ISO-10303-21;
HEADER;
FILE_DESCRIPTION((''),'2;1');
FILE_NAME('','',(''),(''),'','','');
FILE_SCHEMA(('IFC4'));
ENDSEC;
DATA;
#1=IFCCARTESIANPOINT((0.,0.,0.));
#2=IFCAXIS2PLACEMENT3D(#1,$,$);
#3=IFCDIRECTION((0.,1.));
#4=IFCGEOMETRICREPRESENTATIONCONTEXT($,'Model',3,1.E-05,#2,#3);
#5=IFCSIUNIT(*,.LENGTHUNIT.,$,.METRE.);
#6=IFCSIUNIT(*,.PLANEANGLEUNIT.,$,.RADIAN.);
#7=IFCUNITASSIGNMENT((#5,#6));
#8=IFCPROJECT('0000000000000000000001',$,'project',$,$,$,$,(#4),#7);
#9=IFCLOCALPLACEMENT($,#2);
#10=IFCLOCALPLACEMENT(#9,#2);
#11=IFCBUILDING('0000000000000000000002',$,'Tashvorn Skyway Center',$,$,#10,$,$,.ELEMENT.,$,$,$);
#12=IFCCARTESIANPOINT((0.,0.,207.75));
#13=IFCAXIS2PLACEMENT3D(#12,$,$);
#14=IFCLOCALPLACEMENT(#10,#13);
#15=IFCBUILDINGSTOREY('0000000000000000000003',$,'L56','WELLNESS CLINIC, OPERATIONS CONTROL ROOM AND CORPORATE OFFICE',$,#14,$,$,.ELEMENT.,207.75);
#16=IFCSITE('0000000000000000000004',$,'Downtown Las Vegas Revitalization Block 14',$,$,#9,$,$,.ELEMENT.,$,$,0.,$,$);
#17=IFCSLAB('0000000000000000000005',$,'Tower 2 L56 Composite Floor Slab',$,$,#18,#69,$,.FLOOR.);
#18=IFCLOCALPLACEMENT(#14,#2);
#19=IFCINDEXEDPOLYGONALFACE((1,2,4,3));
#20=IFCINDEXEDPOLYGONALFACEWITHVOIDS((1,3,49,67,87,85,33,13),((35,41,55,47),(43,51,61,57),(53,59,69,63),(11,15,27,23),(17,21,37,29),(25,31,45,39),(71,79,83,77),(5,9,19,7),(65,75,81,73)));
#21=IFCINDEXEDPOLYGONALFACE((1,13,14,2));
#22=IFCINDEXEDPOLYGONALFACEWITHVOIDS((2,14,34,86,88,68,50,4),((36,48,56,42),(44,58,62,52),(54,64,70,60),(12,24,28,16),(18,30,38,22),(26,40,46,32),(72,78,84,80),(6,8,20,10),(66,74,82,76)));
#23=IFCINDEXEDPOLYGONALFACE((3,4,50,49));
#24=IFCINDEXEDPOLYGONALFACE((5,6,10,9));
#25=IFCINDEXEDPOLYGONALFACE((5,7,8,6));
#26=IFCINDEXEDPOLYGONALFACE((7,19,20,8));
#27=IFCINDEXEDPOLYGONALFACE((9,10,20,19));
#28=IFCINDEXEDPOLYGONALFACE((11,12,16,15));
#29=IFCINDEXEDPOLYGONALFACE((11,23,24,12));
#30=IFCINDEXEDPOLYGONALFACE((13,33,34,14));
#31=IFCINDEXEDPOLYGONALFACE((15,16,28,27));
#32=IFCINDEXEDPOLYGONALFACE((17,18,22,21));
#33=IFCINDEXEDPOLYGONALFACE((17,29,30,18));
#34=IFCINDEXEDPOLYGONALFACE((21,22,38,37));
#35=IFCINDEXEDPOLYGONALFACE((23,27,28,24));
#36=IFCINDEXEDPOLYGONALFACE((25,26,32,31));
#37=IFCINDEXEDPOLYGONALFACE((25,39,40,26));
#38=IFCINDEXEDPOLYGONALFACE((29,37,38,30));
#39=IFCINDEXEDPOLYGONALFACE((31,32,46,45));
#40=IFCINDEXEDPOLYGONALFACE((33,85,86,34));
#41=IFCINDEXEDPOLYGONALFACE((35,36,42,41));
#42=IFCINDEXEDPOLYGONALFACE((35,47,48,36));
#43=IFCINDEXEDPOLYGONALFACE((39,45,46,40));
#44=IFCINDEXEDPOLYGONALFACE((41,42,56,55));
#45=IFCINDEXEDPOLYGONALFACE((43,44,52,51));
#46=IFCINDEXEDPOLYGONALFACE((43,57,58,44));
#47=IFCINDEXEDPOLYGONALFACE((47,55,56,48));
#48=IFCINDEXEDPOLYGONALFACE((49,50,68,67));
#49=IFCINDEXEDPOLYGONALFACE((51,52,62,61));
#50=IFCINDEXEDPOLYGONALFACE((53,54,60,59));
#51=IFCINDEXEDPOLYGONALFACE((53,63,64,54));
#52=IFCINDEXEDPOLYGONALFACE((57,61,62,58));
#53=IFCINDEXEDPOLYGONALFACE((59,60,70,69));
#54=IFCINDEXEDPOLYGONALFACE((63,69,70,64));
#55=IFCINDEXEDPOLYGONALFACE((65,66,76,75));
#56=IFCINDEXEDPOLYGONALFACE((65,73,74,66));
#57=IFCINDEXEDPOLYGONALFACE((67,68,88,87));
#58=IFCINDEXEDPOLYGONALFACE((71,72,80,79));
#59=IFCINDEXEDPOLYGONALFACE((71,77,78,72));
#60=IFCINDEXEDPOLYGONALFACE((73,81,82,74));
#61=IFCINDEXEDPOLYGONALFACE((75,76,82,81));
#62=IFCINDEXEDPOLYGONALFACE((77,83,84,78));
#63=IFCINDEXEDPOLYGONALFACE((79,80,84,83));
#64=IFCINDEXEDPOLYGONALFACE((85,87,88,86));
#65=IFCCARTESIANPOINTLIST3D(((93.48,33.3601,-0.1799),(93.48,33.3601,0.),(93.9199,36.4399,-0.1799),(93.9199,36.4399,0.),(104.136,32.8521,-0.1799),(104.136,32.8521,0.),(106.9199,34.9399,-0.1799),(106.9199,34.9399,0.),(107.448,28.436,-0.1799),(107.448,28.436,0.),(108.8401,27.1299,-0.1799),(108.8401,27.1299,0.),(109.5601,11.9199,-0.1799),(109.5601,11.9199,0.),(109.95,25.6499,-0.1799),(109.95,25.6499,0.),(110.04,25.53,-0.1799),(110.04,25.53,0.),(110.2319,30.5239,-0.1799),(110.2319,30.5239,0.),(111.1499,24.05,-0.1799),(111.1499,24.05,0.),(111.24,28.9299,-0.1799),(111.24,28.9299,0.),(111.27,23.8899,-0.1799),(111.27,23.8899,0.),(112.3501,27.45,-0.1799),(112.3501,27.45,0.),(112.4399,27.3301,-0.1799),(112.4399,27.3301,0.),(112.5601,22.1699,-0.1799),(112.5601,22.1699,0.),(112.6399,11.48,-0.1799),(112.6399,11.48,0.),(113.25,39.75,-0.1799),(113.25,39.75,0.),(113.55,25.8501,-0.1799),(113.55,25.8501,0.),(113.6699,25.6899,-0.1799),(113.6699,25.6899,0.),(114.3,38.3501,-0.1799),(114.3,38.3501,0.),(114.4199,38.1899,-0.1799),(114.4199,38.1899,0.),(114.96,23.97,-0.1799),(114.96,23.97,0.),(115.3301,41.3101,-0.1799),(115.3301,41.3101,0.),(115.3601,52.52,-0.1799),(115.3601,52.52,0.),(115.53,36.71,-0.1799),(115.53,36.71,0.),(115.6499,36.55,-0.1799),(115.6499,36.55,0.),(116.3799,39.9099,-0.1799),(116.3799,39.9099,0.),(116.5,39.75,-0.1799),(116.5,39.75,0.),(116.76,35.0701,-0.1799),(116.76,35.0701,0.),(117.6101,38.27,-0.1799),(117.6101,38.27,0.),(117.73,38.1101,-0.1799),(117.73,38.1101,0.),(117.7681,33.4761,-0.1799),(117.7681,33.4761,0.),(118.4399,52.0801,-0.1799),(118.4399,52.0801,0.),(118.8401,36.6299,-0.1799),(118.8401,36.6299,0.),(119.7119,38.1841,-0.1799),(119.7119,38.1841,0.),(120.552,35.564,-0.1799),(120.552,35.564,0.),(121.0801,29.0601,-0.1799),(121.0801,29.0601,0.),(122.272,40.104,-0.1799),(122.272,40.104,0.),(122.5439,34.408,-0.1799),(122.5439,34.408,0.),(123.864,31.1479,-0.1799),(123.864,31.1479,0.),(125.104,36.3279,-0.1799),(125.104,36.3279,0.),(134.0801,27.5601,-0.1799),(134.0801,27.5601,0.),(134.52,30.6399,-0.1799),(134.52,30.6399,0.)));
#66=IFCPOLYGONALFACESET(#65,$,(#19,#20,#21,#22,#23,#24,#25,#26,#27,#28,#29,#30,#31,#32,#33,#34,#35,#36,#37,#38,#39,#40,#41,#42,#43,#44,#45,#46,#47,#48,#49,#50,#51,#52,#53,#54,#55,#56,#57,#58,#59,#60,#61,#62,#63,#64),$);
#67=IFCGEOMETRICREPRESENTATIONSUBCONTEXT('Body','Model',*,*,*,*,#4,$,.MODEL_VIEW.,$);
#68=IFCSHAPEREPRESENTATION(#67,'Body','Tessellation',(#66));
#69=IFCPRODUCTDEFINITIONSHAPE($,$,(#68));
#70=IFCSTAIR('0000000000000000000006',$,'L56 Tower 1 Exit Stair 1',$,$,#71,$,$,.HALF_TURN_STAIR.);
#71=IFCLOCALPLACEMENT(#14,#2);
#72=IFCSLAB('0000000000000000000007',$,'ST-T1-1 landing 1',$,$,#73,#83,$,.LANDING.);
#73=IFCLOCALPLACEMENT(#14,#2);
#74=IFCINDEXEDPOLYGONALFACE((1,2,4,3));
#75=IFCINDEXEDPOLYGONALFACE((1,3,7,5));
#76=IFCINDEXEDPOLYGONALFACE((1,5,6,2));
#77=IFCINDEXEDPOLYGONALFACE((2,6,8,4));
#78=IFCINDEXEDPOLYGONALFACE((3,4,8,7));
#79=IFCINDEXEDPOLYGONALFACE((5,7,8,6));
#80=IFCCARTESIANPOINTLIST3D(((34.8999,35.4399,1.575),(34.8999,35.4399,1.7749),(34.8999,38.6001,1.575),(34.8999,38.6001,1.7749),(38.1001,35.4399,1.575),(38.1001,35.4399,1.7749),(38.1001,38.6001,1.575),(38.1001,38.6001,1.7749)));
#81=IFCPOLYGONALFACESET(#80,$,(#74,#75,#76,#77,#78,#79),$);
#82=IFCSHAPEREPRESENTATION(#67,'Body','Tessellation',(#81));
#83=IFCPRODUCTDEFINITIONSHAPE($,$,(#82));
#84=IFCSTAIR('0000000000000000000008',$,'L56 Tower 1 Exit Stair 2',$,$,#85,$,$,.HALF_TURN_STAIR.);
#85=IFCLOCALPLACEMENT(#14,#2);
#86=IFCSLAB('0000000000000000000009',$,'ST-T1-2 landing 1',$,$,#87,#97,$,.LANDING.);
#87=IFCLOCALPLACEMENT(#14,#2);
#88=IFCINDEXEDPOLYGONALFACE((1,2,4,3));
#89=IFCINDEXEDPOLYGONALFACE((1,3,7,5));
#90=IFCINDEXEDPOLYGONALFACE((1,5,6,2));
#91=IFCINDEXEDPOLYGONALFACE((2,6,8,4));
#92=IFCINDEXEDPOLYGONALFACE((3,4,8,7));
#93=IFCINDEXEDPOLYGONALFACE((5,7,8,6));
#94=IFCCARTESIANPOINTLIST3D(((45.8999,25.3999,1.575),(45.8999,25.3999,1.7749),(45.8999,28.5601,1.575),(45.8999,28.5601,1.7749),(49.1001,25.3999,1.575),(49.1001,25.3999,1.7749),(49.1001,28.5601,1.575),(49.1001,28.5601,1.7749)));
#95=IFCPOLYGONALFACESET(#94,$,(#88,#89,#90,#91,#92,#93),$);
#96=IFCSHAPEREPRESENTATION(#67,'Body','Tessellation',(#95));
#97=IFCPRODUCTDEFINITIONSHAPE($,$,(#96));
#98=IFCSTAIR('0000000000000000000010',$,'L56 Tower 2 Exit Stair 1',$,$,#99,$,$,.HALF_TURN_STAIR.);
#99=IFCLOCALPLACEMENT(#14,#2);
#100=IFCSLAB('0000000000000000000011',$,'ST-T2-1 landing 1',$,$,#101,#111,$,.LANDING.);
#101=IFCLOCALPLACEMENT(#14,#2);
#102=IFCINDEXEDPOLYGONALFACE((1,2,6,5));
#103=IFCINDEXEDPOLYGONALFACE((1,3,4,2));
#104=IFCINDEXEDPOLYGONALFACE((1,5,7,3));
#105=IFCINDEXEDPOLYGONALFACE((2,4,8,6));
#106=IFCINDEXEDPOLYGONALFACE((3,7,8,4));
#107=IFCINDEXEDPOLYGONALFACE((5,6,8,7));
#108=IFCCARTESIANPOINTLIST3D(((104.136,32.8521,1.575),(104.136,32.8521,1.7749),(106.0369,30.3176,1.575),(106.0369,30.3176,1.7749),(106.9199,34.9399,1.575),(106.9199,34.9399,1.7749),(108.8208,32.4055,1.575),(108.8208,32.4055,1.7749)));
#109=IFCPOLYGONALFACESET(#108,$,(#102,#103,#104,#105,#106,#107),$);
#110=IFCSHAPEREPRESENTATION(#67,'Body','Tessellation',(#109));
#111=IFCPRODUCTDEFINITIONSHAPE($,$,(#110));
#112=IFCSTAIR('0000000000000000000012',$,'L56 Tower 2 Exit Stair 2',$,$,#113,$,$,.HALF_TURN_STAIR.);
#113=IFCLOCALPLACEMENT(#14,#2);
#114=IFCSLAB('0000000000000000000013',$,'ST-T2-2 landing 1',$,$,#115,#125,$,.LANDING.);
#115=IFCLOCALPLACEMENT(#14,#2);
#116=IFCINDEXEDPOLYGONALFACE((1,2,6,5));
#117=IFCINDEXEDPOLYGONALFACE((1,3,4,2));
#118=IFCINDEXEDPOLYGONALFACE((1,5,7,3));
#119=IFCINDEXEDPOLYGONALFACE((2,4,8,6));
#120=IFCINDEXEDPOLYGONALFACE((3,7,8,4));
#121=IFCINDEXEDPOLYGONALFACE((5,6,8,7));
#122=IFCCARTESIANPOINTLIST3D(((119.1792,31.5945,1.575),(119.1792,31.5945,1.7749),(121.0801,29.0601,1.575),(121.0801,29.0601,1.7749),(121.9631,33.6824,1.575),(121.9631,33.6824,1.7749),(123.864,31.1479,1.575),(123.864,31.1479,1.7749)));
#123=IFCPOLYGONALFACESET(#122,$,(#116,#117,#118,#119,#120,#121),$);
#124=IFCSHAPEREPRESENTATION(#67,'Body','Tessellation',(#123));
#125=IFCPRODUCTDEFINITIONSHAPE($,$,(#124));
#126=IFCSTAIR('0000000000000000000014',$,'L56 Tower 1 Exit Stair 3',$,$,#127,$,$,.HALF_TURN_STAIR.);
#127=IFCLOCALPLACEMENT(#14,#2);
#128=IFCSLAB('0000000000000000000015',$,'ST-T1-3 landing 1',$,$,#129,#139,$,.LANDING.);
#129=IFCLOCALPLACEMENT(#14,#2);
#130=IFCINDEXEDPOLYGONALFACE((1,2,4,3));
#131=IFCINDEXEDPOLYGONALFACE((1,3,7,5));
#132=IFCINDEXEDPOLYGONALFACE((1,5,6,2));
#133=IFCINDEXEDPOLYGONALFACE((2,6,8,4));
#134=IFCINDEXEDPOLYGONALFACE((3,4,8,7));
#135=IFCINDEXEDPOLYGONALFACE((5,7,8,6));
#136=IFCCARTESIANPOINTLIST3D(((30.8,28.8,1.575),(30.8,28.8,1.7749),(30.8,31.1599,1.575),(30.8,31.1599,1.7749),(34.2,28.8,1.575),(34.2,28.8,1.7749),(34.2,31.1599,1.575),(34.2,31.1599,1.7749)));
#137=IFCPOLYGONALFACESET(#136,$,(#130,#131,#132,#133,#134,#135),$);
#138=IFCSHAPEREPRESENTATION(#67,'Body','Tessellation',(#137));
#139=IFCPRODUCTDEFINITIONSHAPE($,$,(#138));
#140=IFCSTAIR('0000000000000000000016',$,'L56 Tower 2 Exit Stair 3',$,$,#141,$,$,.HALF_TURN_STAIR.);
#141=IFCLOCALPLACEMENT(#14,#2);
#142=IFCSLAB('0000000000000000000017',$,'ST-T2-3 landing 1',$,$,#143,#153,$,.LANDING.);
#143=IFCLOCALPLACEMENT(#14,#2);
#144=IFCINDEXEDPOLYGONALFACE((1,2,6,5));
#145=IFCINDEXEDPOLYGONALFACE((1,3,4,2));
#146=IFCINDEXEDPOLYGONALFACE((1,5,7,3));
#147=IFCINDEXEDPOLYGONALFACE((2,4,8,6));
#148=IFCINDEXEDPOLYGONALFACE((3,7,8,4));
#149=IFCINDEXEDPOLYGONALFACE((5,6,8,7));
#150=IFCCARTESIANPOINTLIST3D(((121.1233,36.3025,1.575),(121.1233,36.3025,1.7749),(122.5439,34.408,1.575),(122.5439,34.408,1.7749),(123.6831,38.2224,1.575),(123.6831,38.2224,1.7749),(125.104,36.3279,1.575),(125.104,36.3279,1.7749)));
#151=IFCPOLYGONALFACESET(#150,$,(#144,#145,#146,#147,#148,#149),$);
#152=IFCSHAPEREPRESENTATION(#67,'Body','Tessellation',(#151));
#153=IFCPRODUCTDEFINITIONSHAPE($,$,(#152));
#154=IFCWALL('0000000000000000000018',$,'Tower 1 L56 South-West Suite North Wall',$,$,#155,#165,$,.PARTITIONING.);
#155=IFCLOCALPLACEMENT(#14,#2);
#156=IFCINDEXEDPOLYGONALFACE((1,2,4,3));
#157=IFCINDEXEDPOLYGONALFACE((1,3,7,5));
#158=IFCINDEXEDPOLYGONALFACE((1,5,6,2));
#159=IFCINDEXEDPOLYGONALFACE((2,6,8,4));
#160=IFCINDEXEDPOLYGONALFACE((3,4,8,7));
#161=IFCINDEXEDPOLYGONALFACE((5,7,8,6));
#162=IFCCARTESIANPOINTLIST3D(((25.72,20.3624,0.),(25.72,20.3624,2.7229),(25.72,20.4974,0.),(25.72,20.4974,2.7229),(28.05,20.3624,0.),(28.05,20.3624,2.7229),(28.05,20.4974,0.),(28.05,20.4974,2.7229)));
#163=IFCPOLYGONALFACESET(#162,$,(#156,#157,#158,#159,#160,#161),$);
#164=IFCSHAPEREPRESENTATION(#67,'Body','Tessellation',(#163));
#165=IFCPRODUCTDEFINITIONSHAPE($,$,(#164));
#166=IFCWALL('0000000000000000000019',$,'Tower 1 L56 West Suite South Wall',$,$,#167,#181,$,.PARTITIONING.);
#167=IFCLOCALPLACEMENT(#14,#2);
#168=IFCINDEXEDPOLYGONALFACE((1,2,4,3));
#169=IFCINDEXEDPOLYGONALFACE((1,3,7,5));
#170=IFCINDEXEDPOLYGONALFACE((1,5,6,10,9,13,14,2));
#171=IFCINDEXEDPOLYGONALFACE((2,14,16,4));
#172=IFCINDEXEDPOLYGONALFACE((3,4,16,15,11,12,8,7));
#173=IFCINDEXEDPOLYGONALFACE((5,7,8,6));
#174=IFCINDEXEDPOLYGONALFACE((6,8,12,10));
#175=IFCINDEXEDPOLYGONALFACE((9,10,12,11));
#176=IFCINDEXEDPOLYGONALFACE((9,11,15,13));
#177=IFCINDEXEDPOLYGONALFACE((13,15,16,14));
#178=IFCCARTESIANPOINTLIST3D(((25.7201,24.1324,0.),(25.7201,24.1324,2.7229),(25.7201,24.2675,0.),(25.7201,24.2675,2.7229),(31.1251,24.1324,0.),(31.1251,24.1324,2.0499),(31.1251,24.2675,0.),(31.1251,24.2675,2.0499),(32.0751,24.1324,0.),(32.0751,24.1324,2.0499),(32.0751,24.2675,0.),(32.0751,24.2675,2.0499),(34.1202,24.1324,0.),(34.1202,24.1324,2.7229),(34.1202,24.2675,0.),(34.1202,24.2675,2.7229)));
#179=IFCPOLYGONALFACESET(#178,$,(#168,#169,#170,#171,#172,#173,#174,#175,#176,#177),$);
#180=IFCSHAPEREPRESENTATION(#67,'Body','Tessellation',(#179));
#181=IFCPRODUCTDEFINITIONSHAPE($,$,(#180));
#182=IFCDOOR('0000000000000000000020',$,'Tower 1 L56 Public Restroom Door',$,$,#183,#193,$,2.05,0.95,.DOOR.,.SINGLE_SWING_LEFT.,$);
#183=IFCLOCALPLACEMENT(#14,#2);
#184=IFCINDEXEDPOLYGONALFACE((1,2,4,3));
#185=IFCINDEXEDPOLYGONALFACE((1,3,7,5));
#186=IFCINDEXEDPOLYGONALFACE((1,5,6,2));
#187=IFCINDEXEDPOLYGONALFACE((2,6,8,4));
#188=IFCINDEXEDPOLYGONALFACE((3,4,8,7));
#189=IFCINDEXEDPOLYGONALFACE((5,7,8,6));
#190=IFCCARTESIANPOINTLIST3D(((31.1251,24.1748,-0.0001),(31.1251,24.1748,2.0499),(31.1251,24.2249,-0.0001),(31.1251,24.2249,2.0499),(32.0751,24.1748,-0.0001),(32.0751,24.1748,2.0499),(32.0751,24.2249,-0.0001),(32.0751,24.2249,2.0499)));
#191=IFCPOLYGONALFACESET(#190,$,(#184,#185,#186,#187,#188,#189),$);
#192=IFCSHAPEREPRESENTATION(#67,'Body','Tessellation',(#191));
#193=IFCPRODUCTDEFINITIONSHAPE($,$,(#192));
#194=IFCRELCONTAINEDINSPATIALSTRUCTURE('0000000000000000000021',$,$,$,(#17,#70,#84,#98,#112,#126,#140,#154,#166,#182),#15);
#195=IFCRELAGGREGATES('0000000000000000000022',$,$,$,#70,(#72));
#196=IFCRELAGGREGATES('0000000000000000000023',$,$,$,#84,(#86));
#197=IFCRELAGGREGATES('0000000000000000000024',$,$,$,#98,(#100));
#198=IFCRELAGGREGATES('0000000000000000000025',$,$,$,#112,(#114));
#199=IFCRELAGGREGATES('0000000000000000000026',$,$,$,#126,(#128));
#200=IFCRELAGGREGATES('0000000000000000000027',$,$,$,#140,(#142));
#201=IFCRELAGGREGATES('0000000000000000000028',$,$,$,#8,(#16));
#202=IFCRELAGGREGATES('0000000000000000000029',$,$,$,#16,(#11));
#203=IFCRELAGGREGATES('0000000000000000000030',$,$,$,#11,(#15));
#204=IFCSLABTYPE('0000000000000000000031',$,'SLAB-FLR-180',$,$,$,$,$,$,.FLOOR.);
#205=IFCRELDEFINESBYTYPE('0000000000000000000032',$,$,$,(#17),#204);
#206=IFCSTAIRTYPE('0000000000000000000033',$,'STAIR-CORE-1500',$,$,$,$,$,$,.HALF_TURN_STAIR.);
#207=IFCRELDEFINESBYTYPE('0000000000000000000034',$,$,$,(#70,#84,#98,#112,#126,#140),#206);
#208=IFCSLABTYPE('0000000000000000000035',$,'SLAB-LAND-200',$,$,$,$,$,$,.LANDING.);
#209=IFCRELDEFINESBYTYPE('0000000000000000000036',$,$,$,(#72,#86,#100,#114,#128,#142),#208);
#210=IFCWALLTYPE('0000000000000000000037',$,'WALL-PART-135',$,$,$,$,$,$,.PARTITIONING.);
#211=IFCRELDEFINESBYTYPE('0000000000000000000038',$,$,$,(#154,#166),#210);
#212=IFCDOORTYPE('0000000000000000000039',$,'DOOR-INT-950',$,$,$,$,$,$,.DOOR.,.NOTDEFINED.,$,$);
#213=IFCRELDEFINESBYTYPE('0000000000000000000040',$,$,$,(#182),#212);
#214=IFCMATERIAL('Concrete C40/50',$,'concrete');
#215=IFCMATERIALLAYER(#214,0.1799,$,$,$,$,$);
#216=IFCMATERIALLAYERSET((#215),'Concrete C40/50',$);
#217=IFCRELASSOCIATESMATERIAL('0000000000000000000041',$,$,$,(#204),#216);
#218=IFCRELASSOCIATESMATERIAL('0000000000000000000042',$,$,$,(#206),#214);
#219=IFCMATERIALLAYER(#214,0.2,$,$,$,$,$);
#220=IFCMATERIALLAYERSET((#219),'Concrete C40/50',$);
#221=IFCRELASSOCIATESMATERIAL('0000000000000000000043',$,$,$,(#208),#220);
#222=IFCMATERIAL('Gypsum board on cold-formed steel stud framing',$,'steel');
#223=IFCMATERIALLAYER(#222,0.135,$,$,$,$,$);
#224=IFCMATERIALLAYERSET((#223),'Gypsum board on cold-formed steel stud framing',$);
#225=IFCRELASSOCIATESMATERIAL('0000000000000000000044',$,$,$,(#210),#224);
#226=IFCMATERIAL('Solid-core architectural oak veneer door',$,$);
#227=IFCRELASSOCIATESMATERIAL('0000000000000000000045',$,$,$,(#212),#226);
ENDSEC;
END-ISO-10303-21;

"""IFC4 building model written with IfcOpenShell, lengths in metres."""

from ifc_helpers import new_model, si_unit, direction, frame, frame_2d, origin, place, context, subcontext, project, spatial, polyline, rectangle, outline, extrude, material, layer, layer_set, type_object, element, fill, aggregate, save


model = new_model("IFC4")

# Units and contexts
model_context = context("Model", 3, precision=1e-05, world=origin(), true_north=direction((0.0, 1.0)))
body_context = subcontext(model_context, "Body", "Model", "MODEL_VIEW")
ifc_project = project(units=[si_unit("LENGTHUNIT", "METRE"), si_unit("PLANEANGLEUNIT", "RADIAN")], contexts=[model_context])

# Site, building, storey
site_placement = place(None, origin())
site = spatial("IfcSite", under=ifc_project, at=site_placement, Name="Downtown Las Vegas Revitalization Block 14", CompositionType="ELEMENT", RefElevation=0.0)
building_placement = place(site_placement, origin())
building = spatial("IfcBuilding", under=site, at=building_placement, Name="Tashvorn Skyway Center", CompositionType="ELEMENT")
storey_placement = place(building_placement, frame((0.0, 0.0, 207.75)))
storey = spatial("IfcBuildingStorey", under=building, at=storey_placement, Name="L56", Description="WELLNESS CLINIC, OPERATIONS CONTROL ROOM AND CORPORATE OFFICE", CompositionType="ELEMENT", Elevation=207.75)

# Slab
ifc_material_1 = material(Name="Concrete C40/50", Category="concrete")
ifc_layer_1 = layer(ifc_material_1, 0.1799)
ifc_layer_set_1 = layer_set([ifc_layer_1], Name="Concrete C40/50")
slab_type_1 = type_object("IfcSlabType", Name="SLAB-FLR-180", PredefinedType="FLOOR", material=ifc_layer_set_1)
slab_1_placement = place(storey_placement, frame((0.0, 0.0, -0.1799)))
element("IfcSlab", 1, at=slab_1_placement, inside=storey, type_object=slab_type_1, Name="Tower 2 L56 Composite Floor Slab", PredefinedType="FLOOR", context=body_context, shape_type="SweptSolid", body=[
    extrude(outline(polyline([(112.6399, 11.48), (134.0801, 27.5601), (134.52, 30.6399), (118.4399, 52.0801), (115.3601, 52.52), (93.9199, 36.4399), (93.48, 33.3601), (109.5601, 11.9199), (112.6399, 11.48)]), holes=[polyline([(110.2319, 30.5239), (106.9199, 34.9399), (104.136, 32.8521), (107.448, 28.436), (110.2319, 30.5239)]), polyline([(117.7681, 33.4761), (121.0801, 29.0601), (123.864, 31.1479), (120.552, 35.564), (117.7681, 33.4761)]), polyline([(119.7119, 38.1841), (122.5439, 34.408), (125.104, 36.3279), (122.272, 40.104), (119.7119, 38.1841)]), polyline([(109.95, 25.6499), (112.3501, 27.45), (111.24, 28.9299), (108.8401, 27.1299), (109.95, 25.6499)]), polyline([(111.1499, 24.05), (113.55, 25.8501), (112.4399, 27.3301), (110.04, 25.53), (111.1499, 24.05)]), polyline([(112.5601, 22.1699), (114.96, 23.97), (113.6699, 25.6899), (111.27, 23.8899), (112.5601, 22.1699)]), polyline([(116.76, 35.0701), (118.8401, 36.6299), (117.73, 38.1101), (115.6499, 36.55), (116.76, 35.0701)]), polyline([(115.53, 36.71), (117.6101, 38.27), (116.5, 39.75), (114.4199, 38.1899), (115.53, 36.71)]), polyline([(114.3, 38.3501), (116.3799, 39.9099), (115.3301, 41.3101), (113.25, 39.75), (114.3, 38.3501)])]), origin(), (0.0, 0.0, 1.0), 0.1799),
])

# Stairs, slabs
stair_type = type_object("IfcStairType", Name="STAIR-CORE-1500", PredefinedType="HALF_TURN_STAIR", material=ifc_material_1)
stair_1_placement = place(storey_placement, origin())
stair_1 = element("IfcStair", 2, at=stair_1_placement, inside=storey, type_object=stair_type, Name="L56 Tower 1 Exit Stair 1", PredefinedType="HALF_TURN_STAIR")
ifc_layer_2 = layer(ifc_material_1, 0.2)
ifc_layer_set_2 = layer_set([ifc_layer_2], Name="Concrete C40/50")
slab_type_2 = type_object("IfcSlabType", Name="SLAB-LAND-200", PredefinedType="LANDING", material=ifc_layer_set_2)
slab_2_placement = place(storey_placement, frame((0.0, 0.0, 1.575)))
slab_2 = element("IfcSlab", 3, at=slab_2_placement, type_object=slab_type_2, Name="ST-T1-1 landing 1", PredefinedType="LANDING", context=body_context, shape_type="SweptSolid", body=[
    extrude(outline(polyline([(38.1001, 35.4399), (38.1001, 38.6001), (34.8999, 38.6001), (34.8999, 35.4399), (38.1001, 35.4399)])), origin(), (0.0, 0.0, 1.0), 0.2),
])
aggregate(stair_1, [slab_2])
stair_2_placement = place(storey_placement, origin())
stair_2 = element("IfcStair", 4, at=stair_2_placement, inside=storey, type_object=stair_type, Name="L56 Tower 1 Exit Stair 2", PredefinedType="HALF_TURN_STAIR")
slab_3_placement = place(storey_placement, frame((0.0, 0.0, 1.575)))
slab_3 = element("IfcSlab", 5, at=slab_3_placement, type_object=slab_type_2, Name="ST-T1-2 landing 1", PredefinedType="LANDING", context=body_context, shape_type="SweptSolid", body=[
    extrude(outline(polyline([(45.8999, 28.5601), (45.8999, 25.3999), (49.1001, 25.3999), (49.1001, 28.5601), (45.8999, 28.5601)])), origin(), (0.0, 0.0, 1.0), 0.2),
])
aggregate(stair_2, [slab_3])
stair_3_placement = place(storey_placement, origin())
stair_3 = element("IfcStair", 6, at=stair_3_placement, inside=storey, type_object=stair_type, Name="L56 Tower 2 Exit Stair 1", PredefinedType="HALF_TURN_STAIR")
slab_4_placement = place(storey_placement, frame((0.0, 0.0, 1.575)))
slab_4 = element("IfcSlab", 7, at=slab_4_placement, type_object=slab_type_2, Name="ST-T2-1 landing 1", PredefinedType="LANDING", context=body_context, shape_type="SweptSolid", body=[
    extrude(outline(polyline([(108.8208, 32.4055), (106.9199, 34.9399), (104.136, 32.8521), (106.0369, 30.3176), (108.8208, 32.4055)])), origin(), (0.0, 0.0, 1.0), 0.2),
])
aggregate(stair_3, [slab_4])
stair_4_placement = place(storey_placement, origin())
stair_4 = element("IfcStair", 8, at=stair_4_placement, inside=storey, type_object=stair_type, Name="L56 Tower 2 Exit Stair 2", PredefinedType="HALF_TURN_STAIR")
slab_5_placement = place(storey_placement, frame((0.0, 0.0, 1.575)))
slab_5 = element("IfcSlab", 9, at=slab_5_placement, type_object=slab_type_2, Name="ST-T2-2 landing 1", PredefinedType="LANDING", context=body_context, shape_type="SweptSolid", body=[
    extrude(outline(polyline([(119.1792, 31.5945), (121.0801, 29.0601), (123.864, 31.1479), (121.9631, 33.6824), (119.1792, 31.5945)])), origin(), (0.0, 0.0, 1.0), 0.2),
])
aggregate(stair_4, [slab_5])
stair_5_placement = place(storey_placement, origin())
stair_5 = element("IfcStair", 10, at=stair_5_placement, inside=storey, type_object=stair_type, Name="L56 Tower 1 Exit Stair 3", PredefinedType="HALF_TURN_STAIR")
slab_6_placement = place(storey_placement, frame((0.0, 0.0, 1.575)))
slab_6 = element("IfcSlab", 11, at=slab_6_placement, type_object=slab_type_2, Name="ST-T1-3 landing 1", PredefinedType="LANDING", context=body_context, shape_type="SweptSolid", body=[
    extrude(outline(polyline([(30.8, 31.1599), (30.8, 28.8), (34.2, 28.8), (34.2, 31.1599), (30.8, 31.1599)])), origin(), (0.0, 0.0, 1.0), 0.2),
])
aggregate(stair_5, [slab_6])
stair_6_placement = place(storey_placement, origin())
stair_6 = element("IfcStair", 12, at=stair_6_placement, inside=storey, type_object=stair_type, Name="L56 Tower 2 Exit Stair 3", PredefinedType="HALF_TURN_STAIR")
slab_7_placement = place(storey_placement, frame((0.0, 0.0, 1.575)))
slab_7 = element("IfcSlab", 13, at=slab_7_placement, type_object=slab_type_2, Name="ST-T2-3 landing 1", PredefinedType="LANDING", context=body_context, shape_type="SweptSolid", body=[
    extrude(outline(polyline([(121.1233, 36.3025), (122.5439, 34.408), (125.104, 36.3279), (123.6831, 38.2224), (121.1233, 36.3025)])), origin(), (0.0, 0.0, 1.0), 0.2),
])
aggregate(stair_6, [slab_7])

# Wall
ifc_material_2 = material(Name="Gypsum board on cold-formed steel stud framing", Category="steel")
ifc_layer_3 = layer(ifc_material_2, 0.135)
ifc_layer_set_3 = layer_set([ifc_layer_3], Name="Gypsum board on cold-formed steel stud framing")
wall_type = type_object("IfcWallType", Name="WALL-PART-135", PredefinedType="PARTITIONING", material=ifc_layer_set_3)
wall_1_placement = place(storey_placement, frame((25.72, 20.4299, 0.0), z_axis=(0.0, 0.0, 1.0), x_axis=(1.0, 0.0, 0.0)))
element("IfcWall", 14, at=wall_1_placement, inside=storey, type_object=wall_type, Name="Tower 1 L56 South-West Suite North Wall", PredefinedType="PARTITIONING", context=body_context, shape_type="SweptSolid", body=[
    extrude(rectangle(XDim=2.3301, YDim=0.135, at=frame_2d((1.165, 0.0))), origin(), (0.0, 0.0, 1.0), 2.7229),
])

# Wall, opening, door
wall_2_placement = place(storey_placement, frame((25.72, 24.2, 0.0), z_axis=(0.0, 0.0, 1.0), x_axis=(1.0, 0.0, 0.0)))
wall_2 = element("IfcWall", 15, at=wall_2_placement, inside=storey, type_object=wall_type, Name="Tower 1 L56 West Suite South Wall", PredefinedType="PARTITIONING", context=body_context, shape_type="SweptSolid", body=[
    extrude(rectangle(XDim=8.4001, YDim=0.135, at=frame_2d((4.2002, 0.0))), origin(), (0.0, 0.0, 1.0), 2.7229),
])
opening_placement = place(wall_2_placement, frame((5.405, 0.0, 0.0)))
opening = element("IfcOpeningElement", 16, at=opening_placement, cuts=wall_2, PredefinedType="OPENING", context=body_context, shape_type="SweptSolid", body=[
    extrude(rectangle(XDim=0.95, YDim=2.05, at=frame_2d((0.4751, 1.0249))), frame((0.0, 0.0774, 0.0), z_axis=(0.0, -1.0, 0.0), x_axis=(1.0, 0.0, 0.0)), (0.0, 0.0, 1.0), 0.155),
])
ifc_material_3 = material(Name="Solid-core architectural oak veneer door")
door_type = type_object("IfcDoorType", Name="DOOR-INT-950", OperationType="NOTDEFINED", PredefinedType="DOOR", material=ifc_material_3)
door_placement = place(opening_placement, origin())
door = element("IfcDoor", 17, at=door_placement, inside=storey, type_object=door_type, Name="Tower 1 L56 Public Restroom Door", OperationType="SINGLE_SWING_LEFT", OverallHeight=2.05, OverallWidth=0.95, PredefinedType="DOOR", context=body_context, shape_type="SweptSolid", body=[
    extrude(rectangle(XDim=0.95, YDim=2.05, at=frame_2d((0.4751, 1.0249))), frame((0.0, 0.0249, 0.0), z_axis=(0.0, -1.0, 0.0), x_axis=(1.0, 0.0, 0.0)), (0.0, 0.0, 1.0), 0.05),
])
fill(opening, door)

save(model, "model.ifc")
